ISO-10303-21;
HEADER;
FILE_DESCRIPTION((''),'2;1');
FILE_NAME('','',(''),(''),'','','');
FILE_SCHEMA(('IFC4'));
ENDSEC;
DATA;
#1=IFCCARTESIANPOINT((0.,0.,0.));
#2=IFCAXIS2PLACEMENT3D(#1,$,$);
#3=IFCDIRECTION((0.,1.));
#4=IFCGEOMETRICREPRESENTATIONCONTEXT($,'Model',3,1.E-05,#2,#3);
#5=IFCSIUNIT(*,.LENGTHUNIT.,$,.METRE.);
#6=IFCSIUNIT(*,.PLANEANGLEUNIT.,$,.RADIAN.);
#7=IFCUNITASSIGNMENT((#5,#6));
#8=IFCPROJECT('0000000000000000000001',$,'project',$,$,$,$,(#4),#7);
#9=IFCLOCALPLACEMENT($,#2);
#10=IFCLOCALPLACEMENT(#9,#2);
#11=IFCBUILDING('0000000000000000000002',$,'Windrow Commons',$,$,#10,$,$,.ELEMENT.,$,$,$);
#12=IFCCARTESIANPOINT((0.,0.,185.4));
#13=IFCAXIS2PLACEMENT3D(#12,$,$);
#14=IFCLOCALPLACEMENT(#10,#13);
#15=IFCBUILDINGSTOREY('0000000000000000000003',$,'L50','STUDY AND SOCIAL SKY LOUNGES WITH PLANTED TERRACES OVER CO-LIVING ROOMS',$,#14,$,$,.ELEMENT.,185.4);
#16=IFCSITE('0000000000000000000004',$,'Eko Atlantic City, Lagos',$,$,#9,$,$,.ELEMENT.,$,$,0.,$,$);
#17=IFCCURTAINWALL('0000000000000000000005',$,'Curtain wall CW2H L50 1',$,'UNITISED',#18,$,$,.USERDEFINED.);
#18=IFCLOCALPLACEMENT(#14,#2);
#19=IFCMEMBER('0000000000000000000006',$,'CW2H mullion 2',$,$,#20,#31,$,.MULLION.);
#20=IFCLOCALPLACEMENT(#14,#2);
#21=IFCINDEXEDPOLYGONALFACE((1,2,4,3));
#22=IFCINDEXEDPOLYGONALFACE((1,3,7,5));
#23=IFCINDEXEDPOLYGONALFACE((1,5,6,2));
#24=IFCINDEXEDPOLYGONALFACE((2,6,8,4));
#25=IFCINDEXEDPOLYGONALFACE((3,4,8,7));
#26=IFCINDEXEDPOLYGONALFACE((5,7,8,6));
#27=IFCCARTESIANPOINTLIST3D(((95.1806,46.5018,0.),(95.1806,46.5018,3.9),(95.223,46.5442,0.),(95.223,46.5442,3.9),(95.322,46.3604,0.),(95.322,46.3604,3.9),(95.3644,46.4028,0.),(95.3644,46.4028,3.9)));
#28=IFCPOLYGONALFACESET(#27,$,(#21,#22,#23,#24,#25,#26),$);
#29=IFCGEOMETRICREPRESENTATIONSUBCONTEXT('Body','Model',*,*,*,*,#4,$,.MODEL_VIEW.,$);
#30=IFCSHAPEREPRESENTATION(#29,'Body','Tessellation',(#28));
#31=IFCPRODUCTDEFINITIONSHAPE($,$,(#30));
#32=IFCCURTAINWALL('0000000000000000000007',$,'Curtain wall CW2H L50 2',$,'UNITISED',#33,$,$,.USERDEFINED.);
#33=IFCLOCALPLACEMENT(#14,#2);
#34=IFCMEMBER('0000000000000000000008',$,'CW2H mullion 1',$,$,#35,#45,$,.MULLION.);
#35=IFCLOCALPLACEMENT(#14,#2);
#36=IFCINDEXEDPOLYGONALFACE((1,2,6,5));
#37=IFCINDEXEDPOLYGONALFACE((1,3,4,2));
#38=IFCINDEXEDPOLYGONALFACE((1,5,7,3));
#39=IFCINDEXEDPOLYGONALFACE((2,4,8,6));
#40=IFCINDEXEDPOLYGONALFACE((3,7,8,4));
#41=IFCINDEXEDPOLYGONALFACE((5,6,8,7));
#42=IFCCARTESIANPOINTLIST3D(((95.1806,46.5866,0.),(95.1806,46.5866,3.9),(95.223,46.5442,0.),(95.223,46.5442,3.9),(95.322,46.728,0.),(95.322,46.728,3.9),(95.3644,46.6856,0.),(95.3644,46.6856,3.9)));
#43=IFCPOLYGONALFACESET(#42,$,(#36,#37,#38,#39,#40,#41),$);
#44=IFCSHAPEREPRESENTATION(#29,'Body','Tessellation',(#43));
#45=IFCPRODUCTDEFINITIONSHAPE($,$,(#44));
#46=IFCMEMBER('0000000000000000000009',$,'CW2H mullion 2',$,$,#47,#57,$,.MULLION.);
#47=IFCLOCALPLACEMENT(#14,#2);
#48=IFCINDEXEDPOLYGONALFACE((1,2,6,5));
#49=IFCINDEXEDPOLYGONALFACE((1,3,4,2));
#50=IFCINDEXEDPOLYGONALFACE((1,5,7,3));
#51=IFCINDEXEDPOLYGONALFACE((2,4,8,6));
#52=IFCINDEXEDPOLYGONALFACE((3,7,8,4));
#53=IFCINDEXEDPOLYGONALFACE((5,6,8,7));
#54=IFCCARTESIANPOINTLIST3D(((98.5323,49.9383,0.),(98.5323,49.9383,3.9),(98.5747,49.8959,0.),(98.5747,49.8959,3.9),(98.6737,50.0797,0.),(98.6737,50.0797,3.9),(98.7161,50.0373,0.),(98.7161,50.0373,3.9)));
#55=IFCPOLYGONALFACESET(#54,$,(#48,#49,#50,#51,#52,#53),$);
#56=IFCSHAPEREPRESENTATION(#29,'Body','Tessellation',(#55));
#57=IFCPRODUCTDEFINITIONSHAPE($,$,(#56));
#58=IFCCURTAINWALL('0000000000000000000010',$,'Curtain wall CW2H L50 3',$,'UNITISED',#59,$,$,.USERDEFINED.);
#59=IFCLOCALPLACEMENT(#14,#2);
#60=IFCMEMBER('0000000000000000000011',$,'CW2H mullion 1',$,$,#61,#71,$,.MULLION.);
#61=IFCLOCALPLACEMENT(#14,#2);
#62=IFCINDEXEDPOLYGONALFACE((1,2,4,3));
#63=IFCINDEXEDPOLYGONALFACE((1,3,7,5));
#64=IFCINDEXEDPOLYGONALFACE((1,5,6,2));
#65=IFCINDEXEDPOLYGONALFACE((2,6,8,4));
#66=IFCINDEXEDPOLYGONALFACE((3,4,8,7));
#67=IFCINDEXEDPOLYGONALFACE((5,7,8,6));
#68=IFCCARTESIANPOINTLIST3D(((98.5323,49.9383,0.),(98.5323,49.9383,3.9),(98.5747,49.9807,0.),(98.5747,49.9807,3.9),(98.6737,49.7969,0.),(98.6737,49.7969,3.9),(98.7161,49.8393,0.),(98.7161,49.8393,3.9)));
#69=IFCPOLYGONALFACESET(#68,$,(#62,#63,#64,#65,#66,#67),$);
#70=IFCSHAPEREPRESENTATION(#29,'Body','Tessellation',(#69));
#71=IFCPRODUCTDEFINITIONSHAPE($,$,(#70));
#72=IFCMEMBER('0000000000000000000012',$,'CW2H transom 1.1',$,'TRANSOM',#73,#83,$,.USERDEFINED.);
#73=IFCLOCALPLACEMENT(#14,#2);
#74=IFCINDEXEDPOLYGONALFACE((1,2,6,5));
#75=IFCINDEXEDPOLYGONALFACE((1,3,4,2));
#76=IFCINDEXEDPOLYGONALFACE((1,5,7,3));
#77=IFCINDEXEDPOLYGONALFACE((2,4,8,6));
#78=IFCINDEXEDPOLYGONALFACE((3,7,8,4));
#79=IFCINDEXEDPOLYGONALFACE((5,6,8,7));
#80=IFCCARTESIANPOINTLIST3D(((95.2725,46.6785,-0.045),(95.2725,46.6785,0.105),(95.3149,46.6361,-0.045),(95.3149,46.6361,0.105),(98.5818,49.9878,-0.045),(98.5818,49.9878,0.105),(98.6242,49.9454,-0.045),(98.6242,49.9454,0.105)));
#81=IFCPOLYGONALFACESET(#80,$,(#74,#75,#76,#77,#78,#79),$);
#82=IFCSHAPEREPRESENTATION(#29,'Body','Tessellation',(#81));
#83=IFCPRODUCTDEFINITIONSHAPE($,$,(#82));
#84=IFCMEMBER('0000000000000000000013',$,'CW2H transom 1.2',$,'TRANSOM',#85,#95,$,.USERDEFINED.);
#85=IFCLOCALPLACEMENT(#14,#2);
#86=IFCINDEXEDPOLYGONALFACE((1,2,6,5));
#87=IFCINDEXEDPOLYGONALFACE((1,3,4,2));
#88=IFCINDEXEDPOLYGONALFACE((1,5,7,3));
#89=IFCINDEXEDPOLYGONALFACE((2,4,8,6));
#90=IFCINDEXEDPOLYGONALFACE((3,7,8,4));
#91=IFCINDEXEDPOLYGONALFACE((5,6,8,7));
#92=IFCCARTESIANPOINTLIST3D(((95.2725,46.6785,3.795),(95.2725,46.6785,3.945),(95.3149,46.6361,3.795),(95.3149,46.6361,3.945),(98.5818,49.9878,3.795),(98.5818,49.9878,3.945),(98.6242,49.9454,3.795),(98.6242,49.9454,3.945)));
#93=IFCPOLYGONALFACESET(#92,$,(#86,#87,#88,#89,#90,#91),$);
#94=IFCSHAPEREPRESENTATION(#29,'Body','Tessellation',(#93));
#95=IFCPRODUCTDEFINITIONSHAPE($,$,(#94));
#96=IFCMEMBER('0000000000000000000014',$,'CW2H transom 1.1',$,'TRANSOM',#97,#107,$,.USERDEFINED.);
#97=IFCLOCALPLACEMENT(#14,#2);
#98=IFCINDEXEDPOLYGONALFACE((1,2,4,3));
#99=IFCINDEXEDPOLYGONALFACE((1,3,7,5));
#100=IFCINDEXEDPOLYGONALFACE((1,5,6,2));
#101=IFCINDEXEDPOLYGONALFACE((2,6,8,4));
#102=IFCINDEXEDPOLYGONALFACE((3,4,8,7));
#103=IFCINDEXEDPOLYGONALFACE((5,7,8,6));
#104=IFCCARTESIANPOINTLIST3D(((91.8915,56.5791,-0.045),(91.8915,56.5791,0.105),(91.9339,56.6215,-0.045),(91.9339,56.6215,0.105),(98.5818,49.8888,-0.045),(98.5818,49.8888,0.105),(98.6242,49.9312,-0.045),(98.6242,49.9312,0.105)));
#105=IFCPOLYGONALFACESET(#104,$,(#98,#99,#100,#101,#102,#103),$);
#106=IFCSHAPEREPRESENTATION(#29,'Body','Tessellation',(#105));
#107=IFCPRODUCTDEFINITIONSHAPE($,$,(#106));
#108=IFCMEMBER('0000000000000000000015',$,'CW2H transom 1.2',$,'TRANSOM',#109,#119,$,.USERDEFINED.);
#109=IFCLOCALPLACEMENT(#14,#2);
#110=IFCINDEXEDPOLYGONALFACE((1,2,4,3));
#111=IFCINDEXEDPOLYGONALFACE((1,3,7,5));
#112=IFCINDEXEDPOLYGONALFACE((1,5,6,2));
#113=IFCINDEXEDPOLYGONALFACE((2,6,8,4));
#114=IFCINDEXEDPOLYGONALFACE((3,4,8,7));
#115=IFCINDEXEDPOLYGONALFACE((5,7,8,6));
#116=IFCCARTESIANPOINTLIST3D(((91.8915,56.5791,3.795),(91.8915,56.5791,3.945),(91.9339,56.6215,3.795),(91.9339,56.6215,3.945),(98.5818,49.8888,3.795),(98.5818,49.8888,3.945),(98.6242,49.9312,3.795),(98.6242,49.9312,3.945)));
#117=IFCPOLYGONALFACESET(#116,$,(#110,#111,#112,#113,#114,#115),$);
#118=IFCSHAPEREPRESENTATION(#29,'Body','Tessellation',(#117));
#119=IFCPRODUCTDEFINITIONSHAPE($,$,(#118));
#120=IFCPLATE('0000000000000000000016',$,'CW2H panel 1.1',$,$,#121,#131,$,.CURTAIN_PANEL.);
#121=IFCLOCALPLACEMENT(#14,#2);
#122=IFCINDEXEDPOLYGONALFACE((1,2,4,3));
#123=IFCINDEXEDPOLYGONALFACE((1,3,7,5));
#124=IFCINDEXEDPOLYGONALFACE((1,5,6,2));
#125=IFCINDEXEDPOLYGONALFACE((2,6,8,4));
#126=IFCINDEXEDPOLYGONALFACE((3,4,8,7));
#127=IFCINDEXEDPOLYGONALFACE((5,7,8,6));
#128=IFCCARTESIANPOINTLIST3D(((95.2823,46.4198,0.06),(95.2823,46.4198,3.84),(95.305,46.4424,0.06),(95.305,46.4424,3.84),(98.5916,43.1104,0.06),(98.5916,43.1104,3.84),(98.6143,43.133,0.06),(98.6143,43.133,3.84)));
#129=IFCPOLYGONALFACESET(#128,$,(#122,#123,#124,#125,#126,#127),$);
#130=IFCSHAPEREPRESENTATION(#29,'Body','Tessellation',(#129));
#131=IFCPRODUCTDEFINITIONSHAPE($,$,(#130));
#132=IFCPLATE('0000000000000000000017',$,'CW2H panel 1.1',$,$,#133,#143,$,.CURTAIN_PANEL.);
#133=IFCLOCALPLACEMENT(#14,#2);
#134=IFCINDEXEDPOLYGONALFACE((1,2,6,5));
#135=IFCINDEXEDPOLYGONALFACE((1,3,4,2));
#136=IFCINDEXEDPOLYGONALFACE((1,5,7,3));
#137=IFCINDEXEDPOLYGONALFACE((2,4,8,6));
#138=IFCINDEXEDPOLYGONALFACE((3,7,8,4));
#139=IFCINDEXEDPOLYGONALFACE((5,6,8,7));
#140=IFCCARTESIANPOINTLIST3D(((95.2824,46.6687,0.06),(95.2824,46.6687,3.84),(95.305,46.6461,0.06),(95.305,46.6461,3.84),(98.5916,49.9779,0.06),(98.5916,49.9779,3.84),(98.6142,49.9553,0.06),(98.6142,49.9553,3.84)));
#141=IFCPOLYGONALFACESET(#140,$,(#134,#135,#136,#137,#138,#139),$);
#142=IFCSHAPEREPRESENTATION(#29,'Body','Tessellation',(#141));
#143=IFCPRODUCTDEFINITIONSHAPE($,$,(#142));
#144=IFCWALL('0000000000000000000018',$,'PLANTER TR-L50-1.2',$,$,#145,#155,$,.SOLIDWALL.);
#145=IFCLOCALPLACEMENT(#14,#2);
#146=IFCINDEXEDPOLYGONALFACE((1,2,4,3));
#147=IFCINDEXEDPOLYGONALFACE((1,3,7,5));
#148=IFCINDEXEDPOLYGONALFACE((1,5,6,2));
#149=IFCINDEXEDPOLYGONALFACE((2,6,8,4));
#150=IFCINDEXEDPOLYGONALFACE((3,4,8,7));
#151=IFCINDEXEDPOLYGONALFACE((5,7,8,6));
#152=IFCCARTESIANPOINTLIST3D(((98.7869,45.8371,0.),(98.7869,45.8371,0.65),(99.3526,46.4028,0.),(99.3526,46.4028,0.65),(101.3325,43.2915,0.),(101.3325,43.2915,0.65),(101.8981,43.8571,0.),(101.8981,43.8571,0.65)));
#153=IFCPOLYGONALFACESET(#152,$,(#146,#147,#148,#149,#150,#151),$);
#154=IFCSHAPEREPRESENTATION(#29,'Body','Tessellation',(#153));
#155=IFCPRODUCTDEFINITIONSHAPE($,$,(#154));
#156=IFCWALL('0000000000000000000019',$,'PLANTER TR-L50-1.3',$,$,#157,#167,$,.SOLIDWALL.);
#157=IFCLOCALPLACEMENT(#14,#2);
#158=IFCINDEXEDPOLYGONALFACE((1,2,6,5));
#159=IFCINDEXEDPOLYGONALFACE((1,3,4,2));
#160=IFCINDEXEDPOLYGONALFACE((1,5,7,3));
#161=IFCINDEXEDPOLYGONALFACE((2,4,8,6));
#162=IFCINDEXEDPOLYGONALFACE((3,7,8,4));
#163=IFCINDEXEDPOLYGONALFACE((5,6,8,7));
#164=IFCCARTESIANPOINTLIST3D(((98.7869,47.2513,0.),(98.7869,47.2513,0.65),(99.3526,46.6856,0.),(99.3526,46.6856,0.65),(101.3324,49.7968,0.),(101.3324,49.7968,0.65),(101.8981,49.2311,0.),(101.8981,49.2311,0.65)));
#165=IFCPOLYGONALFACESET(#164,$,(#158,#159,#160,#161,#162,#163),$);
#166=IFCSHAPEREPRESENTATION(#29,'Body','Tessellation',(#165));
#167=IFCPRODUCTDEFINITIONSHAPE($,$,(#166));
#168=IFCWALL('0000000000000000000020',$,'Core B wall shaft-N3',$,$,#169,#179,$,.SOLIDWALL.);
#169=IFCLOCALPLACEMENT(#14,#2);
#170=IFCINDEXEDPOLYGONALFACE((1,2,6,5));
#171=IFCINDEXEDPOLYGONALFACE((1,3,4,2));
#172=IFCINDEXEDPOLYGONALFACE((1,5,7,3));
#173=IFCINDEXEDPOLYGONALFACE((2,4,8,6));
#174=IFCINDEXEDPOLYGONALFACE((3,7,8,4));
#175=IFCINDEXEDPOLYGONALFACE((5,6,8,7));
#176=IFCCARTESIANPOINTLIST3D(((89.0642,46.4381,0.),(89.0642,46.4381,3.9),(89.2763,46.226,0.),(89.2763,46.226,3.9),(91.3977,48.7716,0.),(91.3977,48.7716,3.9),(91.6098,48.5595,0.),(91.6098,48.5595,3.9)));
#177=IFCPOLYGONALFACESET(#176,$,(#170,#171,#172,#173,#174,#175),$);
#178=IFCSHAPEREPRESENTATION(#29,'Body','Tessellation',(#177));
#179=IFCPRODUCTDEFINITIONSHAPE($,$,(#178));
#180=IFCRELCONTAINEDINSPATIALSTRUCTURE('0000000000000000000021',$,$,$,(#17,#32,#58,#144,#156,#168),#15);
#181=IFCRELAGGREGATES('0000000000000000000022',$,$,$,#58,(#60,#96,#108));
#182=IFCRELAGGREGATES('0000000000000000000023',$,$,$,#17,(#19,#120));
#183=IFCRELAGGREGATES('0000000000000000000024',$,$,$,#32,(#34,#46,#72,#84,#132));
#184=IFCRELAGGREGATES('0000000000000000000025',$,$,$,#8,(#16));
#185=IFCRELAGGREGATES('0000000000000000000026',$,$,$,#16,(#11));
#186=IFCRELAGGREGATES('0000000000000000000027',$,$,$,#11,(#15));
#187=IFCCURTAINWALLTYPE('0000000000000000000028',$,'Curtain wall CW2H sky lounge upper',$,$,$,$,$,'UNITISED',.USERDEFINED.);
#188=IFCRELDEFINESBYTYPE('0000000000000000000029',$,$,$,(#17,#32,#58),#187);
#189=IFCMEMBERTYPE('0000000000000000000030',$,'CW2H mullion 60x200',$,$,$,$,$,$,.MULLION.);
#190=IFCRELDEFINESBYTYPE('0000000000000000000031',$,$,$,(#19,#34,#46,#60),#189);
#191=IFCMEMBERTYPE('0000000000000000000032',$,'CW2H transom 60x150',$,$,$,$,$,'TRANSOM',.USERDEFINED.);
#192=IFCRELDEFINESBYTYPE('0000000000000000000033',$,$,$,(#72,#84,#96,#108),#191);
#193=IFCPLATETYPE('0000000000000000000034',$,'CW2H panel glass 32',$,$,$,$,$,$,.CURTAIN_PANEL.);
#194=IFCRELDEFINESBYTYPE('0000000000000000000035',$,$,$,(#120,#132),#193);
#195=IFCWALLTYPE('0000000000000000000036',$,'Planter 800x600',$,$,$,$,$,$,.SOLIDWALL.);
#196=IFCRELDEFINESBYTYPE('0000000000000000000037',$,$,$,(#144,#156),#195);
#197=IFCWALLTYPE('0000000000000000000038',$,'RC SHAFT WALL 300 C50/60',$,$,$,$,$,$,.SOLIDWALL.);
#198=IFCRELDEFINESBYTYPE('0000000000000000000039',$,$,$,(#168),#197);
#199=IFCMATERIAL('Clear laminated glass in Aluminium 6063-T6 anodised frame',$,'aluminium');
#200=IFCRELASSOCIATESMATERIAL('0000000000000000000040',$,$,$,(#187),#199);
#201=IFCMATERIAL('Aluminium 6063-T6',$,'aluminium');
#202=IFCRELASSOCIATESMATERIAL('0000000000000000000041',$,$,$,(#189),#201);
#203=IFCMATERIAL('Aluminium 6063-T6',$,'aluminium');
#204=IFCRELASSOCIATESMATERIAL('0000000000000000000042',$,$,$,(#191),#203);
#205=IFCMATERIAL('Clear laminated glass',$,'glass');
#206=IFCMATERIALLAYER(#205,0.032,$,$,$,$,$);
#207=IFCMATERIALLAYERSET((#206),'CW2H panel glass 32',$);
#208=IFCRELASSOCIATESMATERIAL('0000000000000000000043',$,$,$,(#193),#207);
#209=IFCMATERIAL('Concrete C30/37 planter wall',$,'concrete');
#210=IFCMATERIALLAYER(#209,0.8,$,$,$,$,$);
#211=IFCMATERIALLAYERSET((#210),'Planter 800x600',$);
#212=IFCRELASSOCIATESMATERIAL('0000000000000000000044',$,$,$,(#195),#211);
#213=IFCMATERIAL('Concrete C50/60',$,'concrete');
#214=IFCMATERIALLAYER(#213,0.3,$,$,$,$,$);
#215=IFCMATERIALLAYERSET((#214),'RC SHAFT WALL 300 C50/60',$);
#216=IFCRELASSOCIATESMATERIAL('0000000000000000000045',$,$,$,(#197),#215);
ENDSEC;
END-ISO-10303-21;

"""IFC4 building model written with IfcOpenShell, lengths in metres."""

from ifc_helpers import new_model, si_unit, direction, frame, frame_2d, origin, origin_2d, place, context, subcontext, project, spatial, rectangle, extrude, material, layer, layer_set, material_profile, profile_set, type_object, element, aggregate, save


model = new_model("IFC4")

# Units and contexts
model_context = context("Model", 3, precision=1e-05, world=origin(), true_north=direction((0.0, 1.0)))
body_context = subcontext(model_context, "Body", "Model", "MODEL_VIEW")
ifc_project = project(units=[si_unit("LENGTHUNIT", "METRE"), si_unit("PLANEANGLEUNIT", "RADIAN")], contexts=[model_context])

# Site, building, storey
site_placement = place(None, origin())
site = spatial("IfcSite", under=ifc_project, at=site_placement, Name="Eko Atlantic City, Lagos", CompositionType="ELEMENT", RefElevation=0.0)
building_placement = place(site_placement, origin())
building = spatial("IfcBuilding", under=site, at=building_placement, Name="Windrow Commons", CompositionType="ELEMENT")
storey_placement = place(building_placement, frame((0.0, 0.0, 185.4)))
storey = spatial("IfcBuildingStorey", under=building, at=storey_placement, Name="L50", Description="STUDY AND SOCIAL SKY LOUNGES WITH PLANTED TERRACES OVER CO-LIVING ROOMS", CompositionType="ELEMENT", Elevation=185.4)

# Curtain wall, member
ifc_material_1 = material(Name="Clear laminated glass in Aluminium 6063-T6 anodised frame", Category="aluminium")
curtain_wall_type = type_object("IfcCurtainWallType", Name="Curtain wall CW2H sky lounge upper", ElementType="UNITISED", PredefinedType="USERDEFINED", material=ifc_material_1)
placement = place(storey_placement, origin())
curtain_wall_1 = element("IfcCurtainWall", 1, at=placement, inside=storey, type_object=curtain_wall_type, Name="Curtain wall CW2H L50 1", ObjectType="UNITISED", PredefinedType="USERDEFINED")
ifc_material_2 = material(Name="Aluminium 6063-T6", Category="aluminium")
ifc_material_profile_1 = material_profile(ifc_material_2, rectangle(XDim=0.06, YDim=0.2, at=origin_2d()))
ifc_profile_set_1 = profile_set([ifc_material_profile_1], Name="Aluminium 6063-T6")
member_type_1 = type_object("IfcMemberType", Name="CW2H mullion 60x200", PredefinedType="MULLION", material=ifc_profile_set_1)
member_1_placement = place(storey_placement, frame((95.2725, 46.4523, 0.0), z_axis=(0.0, 0.0, 1.0), x_axis=(-0.707117, -0.707096, 0.0)))
member_1 = element("IfcMember", 2, at=member_1_placement, type_object=member_type_1, Name="CW2H mullion 2", PredefinedType="MULLION", context=body_context, shape_type="SweptSolid", body=[
    extrude(rectangle(XDim=0.06, YDim=0.2, at=origin_2d()), origin(), (0.0, 0.0, 1.0), 3.9),
])

# Curtain wall, members
curtain_wall_2 = element("IfcCurtainWall", 3, at=placement, inside=storey, type_object=curtain_wall_type, Name="Curtain wall CW2H L50 2", ObjectType="UNITISED", PredefinedType="USERDEFINED")
member_2_placement = place(storey_placement, frame((95.2725, 46.6361, 0.0), z_axis=(0.0, 0.0, 1.0), x_axis=(-0.707107, 0.707107, 0.0)))
member_2 = element("IfcMember", 4, at=member_2_placement, type_object=member_type_1, Name="CW2H mullion 1", PredefinedType="MULLION", context=body_context, shape_type="SweptSolid", body=[
    extrude(rectangle(XDim=0.06, YDim=0.2, at=origin_2d()), origin(), (0.0, 0.0, 1.0), 3.9),
])
member_3_placement = place(storey_placement, frame((98.6242, 49.9878, 0.0), z_axis=(0.0, 0.0, 1.0), x_axis=(-0.707107, 0.707107, 0.0)))
member_3 = element("IfcMember", 5, at=member_3_placement, type_object=member_type_1, Name="CW2H mullion 2", PredefinedType="MULLION", context=body_context, shape_type="SweptSolid", body=[
    extrude(rectangle(XDim=0.06, YDim=0.2, at=origin_2d()), origin(), (0.0, 0.0, 1.0), 3.9),
])

# Curtain wall, member
curtain_wall_3 = element("IfcCurtainWall", 6, at=placement, inside=storey, type_object=curtain_wall_type, Name="Curtain wall CW2H L50 3", ObjectType="UNITISED", PredefinedType="USERDEFINED")
member_4_placement = place(storey_placement, frame((98.6242, 49.8888, 0.0), z_axis=(0.0, 0.0, 1.0), x_axis=(-0.707107, -0.707107, 0.0)))
member_4 = element("IfcMember", 7, at=member_4_placement, type_object=member_type_1, Name="CW2H mullion 1", PredefinedType="MULLION", context=body_context, shape_type="SweptSolid", body=[
    extrude(rectangle(XDim=0.06, YDim=0.2, at=origin_2d()), origin(), (0.0, 0.0, 1.0), 3.9),
])

# Members
ifc_material_3 = material(Name="Aluminium 6063-T6", Category="aluminium")
ifc_material_profile_2 = material_profile(ifc_material_3, rectangle(XDim=0.06, YDim=0.15, at=origin_2d()))
ifc_profile_set_2 = profile_set([ifc_material_profile_2], Name="Aluminium 6063-T6")
member_type_2 = type_object("IfcMemberType", Name="CW2H transom 60x150", ElementType="TRANSOM", PredefinedType="USERDEFINED", material=ifc_profile_set_2)
member_5_placement = place(storey_placement, frame((95.2937, 46.6573, 0.03), z_axis=(0.707107, 0.707107, 0.0), x_axis=(-0.707107, 0.707107, 0.0)))
member_5 = element("IfcMember", 8, at=member_5_placement, type_object=member_type_2, Name="CW2H transom 1.1", ObjectType="TRANSOM", PredefinedType="USERDEFINED", context=body_context, shape_type="SweptSolid", body=[
    extrude(rectangle(XDim=0.06, YDim=0.15, at=origin_2d()), origin(), (0.0, 0.0, 1.0), 4.6801),
])
member_6_placement = place(storey_placement, frame((95.2937, 46.6573, 3.87), z_axis=(0.707107, 0.707107, 0.0), x_axis=(-0.707107, 0.707107, 0.0)))
member_6 = element("IfcMember", 9, at=member_6_placement, type_object=member_type_2, Name="CW2H transom 1.2", ObjectType="TRANSOM", PredefinedType="USERDEFINED", context=body_context, shape_type="SweptSolid", body=[
    extrude(rectangle(XDim=0.06, YDim=0.15, at=origin_2d()), origin(), (0.0, 0.0, 1.0), 4.6801),
])
member_7_placement = place(storey_placement, frame((98.603, 49.91, 0.03), z_axis=(-0.707107, 0.707107, 0.0), x_axis=(-0.707107, -0.707107, 0.0)))
member_7 = element("IfcMember", 10, at=member_7_placement, type_object=member_type_2, Name="CW2H transom 1.1", ObjectType="TRANSOM", PredefinedType="USERDEFINED", context=body_context, shape_type="SweptSolid", body=[
    extrude(rectangle(XDim=0.06, YDim=0.15, at=origin_2d()), origin(), (0.0, 0.0, 1.0), 9.4615),
])
member_8_placement = place(storey_placement, frame((98.603, 49.91, 3.87), z_axis=(-0.707107, 0.707107, 0.0), x_axis=(-0.707107, -0.707107, 0.0)))
member_8 = element("IfcMember", 11, at=member_8_placement, type_object=member_type_2, Name="CW2H transom 1.2", ObjectType="TRANSOM", PredefinedType="USERDEFINED", context=body_context, shape_type="SweptSolid", body=[
    extrude(rectangle(XDim=0.06, YDim=0.15, at=origin_2d()), origin(), (0.0, 0.0, 1.0), 9.4615),
])
aggregate(curtain_wall_3, [member_4, member_7, member_8])

# Plates
ifc_material_4 = material(Name="Clear laminated glass", Category="glass")
ifc_layer_1 = layer(ifc_material_4, 0.032)
ifc_layer_set_1 = layer_set([ifc_layer_1], Name="CW2H panel glass 32")
plate_type = type_object("IfcPlateType", Name="CW2H panel glass 32", PredefinedType="CURTAIN_PANEL", material=ifc_layer_set_1)
plate_1_placement = place(storey_placement, frame((96.9483, 44.7764, 0.06), z_axis=(0.0, 0.0, 1.0), x_axis=(-0.707096, 0.707117, 0.0)))
plate_1 = element("IfcPlate", 12, at=plate_1_placement, type_object=plate_type, Name="CW2H panel 1.1", PredefinedType="CURTAIN_PANEL", context=body_context, shape_type="SweptSolid", body=[
    extrude(rectangle(XDim=4.6801, YDim=0.032, at=origin_2d()), origin(), (0.0, 0.0, 1.0), 3.78),
])
aggregate(curtain_wall_1, [member_1, plate_1])
plate_2_placement = place(storey_placement, frame((96.9483, 48.312, 0.06), z_axis=(0.0, 0.0, 1.0), x_axis=(0.707107, 0.707107, 0.0)))
plate_2 = element("IfcPlate", 13, at=plate_2_placement, type_object=plate_type, Name="CW2H panel 1.1", PredefinedType="CURTAIN_PANEL", context=body_context, shape_type="SweptSolid", body=[
    extrude(rectangle(XDim=4.68, YDim=0.032, at=origin_2d()), origin(), (0.0, 0.0, 1.0), 3.78),
])
aggregate(curtain_wall_2, [member_2, member_3, member_5, member_6, plate_2])

# Walls
ifc_material_5 = material(Name="Concrete C30/37 planter wall", Category="concrete")
ifc_layer_2 = layer(ifc_material_5, 0.8)
ifc_layer_set_2 = layer_set([ifc_layer_2], Name="Planter 800x600")
wall_type_1 = type_object("IfcWallType", Name="Planter 800x600", PredefinedType="SOLIDWALL", material=ifc_layer_set_2)
wall_1_placement = place(storey_placement, frame((101.6153, 43.5743, 0.0), z_axis=(0.0, 0.0, 1.0), x_axis=(-0.707093, 0.707121, 0.0)))
element("IfcWall", 14, at=wall_1_placement, inside=storey, type_object=wall_type_1, Name="PLANTER TR-L50-1.2", PredefinedType="SOLIDWALL", context=body_context, shape_type="SweptSolid", body=[
    extrude(rectangle(XDim=3.6, YDim=0.8, at=frame_2d((1.8, 0.0))), origin(), (0.0, 0.0, 1.0), 0.65),
])
wall_2_placement = place(storey_placement, frame((99.0698, 46.9685, 0.0), z_axis=(0.0, 0.0, 1.0), x_axis=(0.707107, 0.707107, 0.0)))
element("IfcWall", 15, at=wall_2_placement, inside=storey, type_object=wall_type_1, Name="PLANTER TR-L50-1.3", PredefinedType="SOLIDWALL", context=body_context, shape_type="SweptSolid", body=[
    extrude(rectangle(XDim=3.5999, YDim=0.8, at=frame_2d((1.7999, 0.0))), origin(), (0.0, 0.0, 1.0), 0.65),
])
ifc_material_6 = material(Name="Concrete C50/60", Category="concrete")
ifc_layer_3 = layer(ifc_material_6, 0.3)
ifc_layer_set_3 = layer_set([ifc_layer_3], Name="RC SHAFT WALL 300 C50/60")
wall_type_2 = type_object("IfcWallType", Name="RC SHAFT WALL 300 C50/60", PredefinedType="SOLIDWALL", material=ifc_layer_set_3)
wall_3_placement = place(storey_placement, frame((89.1702, 46.332, 0.0), z_axis=(0.0, 0.0, 1.0), x_axis=(0.707107, 0.707107, 0.0)))
element("IfcWall", 16, at=wall_3_placement, inside=storey, type_object=wall_type_2, Name="Core B wall shaft-N3", PredefinedType="SOLIDWALL", context=body_context, shape_type="SweptSolid", body=[
    extrude(rectangle(XDim=3.3001, YDim=0.3, at=frame_2d((1.6501, 0.0))), origin(), (0.0, 0.0, 1.0), 3.9),
])

save(model, "model.ifc")
